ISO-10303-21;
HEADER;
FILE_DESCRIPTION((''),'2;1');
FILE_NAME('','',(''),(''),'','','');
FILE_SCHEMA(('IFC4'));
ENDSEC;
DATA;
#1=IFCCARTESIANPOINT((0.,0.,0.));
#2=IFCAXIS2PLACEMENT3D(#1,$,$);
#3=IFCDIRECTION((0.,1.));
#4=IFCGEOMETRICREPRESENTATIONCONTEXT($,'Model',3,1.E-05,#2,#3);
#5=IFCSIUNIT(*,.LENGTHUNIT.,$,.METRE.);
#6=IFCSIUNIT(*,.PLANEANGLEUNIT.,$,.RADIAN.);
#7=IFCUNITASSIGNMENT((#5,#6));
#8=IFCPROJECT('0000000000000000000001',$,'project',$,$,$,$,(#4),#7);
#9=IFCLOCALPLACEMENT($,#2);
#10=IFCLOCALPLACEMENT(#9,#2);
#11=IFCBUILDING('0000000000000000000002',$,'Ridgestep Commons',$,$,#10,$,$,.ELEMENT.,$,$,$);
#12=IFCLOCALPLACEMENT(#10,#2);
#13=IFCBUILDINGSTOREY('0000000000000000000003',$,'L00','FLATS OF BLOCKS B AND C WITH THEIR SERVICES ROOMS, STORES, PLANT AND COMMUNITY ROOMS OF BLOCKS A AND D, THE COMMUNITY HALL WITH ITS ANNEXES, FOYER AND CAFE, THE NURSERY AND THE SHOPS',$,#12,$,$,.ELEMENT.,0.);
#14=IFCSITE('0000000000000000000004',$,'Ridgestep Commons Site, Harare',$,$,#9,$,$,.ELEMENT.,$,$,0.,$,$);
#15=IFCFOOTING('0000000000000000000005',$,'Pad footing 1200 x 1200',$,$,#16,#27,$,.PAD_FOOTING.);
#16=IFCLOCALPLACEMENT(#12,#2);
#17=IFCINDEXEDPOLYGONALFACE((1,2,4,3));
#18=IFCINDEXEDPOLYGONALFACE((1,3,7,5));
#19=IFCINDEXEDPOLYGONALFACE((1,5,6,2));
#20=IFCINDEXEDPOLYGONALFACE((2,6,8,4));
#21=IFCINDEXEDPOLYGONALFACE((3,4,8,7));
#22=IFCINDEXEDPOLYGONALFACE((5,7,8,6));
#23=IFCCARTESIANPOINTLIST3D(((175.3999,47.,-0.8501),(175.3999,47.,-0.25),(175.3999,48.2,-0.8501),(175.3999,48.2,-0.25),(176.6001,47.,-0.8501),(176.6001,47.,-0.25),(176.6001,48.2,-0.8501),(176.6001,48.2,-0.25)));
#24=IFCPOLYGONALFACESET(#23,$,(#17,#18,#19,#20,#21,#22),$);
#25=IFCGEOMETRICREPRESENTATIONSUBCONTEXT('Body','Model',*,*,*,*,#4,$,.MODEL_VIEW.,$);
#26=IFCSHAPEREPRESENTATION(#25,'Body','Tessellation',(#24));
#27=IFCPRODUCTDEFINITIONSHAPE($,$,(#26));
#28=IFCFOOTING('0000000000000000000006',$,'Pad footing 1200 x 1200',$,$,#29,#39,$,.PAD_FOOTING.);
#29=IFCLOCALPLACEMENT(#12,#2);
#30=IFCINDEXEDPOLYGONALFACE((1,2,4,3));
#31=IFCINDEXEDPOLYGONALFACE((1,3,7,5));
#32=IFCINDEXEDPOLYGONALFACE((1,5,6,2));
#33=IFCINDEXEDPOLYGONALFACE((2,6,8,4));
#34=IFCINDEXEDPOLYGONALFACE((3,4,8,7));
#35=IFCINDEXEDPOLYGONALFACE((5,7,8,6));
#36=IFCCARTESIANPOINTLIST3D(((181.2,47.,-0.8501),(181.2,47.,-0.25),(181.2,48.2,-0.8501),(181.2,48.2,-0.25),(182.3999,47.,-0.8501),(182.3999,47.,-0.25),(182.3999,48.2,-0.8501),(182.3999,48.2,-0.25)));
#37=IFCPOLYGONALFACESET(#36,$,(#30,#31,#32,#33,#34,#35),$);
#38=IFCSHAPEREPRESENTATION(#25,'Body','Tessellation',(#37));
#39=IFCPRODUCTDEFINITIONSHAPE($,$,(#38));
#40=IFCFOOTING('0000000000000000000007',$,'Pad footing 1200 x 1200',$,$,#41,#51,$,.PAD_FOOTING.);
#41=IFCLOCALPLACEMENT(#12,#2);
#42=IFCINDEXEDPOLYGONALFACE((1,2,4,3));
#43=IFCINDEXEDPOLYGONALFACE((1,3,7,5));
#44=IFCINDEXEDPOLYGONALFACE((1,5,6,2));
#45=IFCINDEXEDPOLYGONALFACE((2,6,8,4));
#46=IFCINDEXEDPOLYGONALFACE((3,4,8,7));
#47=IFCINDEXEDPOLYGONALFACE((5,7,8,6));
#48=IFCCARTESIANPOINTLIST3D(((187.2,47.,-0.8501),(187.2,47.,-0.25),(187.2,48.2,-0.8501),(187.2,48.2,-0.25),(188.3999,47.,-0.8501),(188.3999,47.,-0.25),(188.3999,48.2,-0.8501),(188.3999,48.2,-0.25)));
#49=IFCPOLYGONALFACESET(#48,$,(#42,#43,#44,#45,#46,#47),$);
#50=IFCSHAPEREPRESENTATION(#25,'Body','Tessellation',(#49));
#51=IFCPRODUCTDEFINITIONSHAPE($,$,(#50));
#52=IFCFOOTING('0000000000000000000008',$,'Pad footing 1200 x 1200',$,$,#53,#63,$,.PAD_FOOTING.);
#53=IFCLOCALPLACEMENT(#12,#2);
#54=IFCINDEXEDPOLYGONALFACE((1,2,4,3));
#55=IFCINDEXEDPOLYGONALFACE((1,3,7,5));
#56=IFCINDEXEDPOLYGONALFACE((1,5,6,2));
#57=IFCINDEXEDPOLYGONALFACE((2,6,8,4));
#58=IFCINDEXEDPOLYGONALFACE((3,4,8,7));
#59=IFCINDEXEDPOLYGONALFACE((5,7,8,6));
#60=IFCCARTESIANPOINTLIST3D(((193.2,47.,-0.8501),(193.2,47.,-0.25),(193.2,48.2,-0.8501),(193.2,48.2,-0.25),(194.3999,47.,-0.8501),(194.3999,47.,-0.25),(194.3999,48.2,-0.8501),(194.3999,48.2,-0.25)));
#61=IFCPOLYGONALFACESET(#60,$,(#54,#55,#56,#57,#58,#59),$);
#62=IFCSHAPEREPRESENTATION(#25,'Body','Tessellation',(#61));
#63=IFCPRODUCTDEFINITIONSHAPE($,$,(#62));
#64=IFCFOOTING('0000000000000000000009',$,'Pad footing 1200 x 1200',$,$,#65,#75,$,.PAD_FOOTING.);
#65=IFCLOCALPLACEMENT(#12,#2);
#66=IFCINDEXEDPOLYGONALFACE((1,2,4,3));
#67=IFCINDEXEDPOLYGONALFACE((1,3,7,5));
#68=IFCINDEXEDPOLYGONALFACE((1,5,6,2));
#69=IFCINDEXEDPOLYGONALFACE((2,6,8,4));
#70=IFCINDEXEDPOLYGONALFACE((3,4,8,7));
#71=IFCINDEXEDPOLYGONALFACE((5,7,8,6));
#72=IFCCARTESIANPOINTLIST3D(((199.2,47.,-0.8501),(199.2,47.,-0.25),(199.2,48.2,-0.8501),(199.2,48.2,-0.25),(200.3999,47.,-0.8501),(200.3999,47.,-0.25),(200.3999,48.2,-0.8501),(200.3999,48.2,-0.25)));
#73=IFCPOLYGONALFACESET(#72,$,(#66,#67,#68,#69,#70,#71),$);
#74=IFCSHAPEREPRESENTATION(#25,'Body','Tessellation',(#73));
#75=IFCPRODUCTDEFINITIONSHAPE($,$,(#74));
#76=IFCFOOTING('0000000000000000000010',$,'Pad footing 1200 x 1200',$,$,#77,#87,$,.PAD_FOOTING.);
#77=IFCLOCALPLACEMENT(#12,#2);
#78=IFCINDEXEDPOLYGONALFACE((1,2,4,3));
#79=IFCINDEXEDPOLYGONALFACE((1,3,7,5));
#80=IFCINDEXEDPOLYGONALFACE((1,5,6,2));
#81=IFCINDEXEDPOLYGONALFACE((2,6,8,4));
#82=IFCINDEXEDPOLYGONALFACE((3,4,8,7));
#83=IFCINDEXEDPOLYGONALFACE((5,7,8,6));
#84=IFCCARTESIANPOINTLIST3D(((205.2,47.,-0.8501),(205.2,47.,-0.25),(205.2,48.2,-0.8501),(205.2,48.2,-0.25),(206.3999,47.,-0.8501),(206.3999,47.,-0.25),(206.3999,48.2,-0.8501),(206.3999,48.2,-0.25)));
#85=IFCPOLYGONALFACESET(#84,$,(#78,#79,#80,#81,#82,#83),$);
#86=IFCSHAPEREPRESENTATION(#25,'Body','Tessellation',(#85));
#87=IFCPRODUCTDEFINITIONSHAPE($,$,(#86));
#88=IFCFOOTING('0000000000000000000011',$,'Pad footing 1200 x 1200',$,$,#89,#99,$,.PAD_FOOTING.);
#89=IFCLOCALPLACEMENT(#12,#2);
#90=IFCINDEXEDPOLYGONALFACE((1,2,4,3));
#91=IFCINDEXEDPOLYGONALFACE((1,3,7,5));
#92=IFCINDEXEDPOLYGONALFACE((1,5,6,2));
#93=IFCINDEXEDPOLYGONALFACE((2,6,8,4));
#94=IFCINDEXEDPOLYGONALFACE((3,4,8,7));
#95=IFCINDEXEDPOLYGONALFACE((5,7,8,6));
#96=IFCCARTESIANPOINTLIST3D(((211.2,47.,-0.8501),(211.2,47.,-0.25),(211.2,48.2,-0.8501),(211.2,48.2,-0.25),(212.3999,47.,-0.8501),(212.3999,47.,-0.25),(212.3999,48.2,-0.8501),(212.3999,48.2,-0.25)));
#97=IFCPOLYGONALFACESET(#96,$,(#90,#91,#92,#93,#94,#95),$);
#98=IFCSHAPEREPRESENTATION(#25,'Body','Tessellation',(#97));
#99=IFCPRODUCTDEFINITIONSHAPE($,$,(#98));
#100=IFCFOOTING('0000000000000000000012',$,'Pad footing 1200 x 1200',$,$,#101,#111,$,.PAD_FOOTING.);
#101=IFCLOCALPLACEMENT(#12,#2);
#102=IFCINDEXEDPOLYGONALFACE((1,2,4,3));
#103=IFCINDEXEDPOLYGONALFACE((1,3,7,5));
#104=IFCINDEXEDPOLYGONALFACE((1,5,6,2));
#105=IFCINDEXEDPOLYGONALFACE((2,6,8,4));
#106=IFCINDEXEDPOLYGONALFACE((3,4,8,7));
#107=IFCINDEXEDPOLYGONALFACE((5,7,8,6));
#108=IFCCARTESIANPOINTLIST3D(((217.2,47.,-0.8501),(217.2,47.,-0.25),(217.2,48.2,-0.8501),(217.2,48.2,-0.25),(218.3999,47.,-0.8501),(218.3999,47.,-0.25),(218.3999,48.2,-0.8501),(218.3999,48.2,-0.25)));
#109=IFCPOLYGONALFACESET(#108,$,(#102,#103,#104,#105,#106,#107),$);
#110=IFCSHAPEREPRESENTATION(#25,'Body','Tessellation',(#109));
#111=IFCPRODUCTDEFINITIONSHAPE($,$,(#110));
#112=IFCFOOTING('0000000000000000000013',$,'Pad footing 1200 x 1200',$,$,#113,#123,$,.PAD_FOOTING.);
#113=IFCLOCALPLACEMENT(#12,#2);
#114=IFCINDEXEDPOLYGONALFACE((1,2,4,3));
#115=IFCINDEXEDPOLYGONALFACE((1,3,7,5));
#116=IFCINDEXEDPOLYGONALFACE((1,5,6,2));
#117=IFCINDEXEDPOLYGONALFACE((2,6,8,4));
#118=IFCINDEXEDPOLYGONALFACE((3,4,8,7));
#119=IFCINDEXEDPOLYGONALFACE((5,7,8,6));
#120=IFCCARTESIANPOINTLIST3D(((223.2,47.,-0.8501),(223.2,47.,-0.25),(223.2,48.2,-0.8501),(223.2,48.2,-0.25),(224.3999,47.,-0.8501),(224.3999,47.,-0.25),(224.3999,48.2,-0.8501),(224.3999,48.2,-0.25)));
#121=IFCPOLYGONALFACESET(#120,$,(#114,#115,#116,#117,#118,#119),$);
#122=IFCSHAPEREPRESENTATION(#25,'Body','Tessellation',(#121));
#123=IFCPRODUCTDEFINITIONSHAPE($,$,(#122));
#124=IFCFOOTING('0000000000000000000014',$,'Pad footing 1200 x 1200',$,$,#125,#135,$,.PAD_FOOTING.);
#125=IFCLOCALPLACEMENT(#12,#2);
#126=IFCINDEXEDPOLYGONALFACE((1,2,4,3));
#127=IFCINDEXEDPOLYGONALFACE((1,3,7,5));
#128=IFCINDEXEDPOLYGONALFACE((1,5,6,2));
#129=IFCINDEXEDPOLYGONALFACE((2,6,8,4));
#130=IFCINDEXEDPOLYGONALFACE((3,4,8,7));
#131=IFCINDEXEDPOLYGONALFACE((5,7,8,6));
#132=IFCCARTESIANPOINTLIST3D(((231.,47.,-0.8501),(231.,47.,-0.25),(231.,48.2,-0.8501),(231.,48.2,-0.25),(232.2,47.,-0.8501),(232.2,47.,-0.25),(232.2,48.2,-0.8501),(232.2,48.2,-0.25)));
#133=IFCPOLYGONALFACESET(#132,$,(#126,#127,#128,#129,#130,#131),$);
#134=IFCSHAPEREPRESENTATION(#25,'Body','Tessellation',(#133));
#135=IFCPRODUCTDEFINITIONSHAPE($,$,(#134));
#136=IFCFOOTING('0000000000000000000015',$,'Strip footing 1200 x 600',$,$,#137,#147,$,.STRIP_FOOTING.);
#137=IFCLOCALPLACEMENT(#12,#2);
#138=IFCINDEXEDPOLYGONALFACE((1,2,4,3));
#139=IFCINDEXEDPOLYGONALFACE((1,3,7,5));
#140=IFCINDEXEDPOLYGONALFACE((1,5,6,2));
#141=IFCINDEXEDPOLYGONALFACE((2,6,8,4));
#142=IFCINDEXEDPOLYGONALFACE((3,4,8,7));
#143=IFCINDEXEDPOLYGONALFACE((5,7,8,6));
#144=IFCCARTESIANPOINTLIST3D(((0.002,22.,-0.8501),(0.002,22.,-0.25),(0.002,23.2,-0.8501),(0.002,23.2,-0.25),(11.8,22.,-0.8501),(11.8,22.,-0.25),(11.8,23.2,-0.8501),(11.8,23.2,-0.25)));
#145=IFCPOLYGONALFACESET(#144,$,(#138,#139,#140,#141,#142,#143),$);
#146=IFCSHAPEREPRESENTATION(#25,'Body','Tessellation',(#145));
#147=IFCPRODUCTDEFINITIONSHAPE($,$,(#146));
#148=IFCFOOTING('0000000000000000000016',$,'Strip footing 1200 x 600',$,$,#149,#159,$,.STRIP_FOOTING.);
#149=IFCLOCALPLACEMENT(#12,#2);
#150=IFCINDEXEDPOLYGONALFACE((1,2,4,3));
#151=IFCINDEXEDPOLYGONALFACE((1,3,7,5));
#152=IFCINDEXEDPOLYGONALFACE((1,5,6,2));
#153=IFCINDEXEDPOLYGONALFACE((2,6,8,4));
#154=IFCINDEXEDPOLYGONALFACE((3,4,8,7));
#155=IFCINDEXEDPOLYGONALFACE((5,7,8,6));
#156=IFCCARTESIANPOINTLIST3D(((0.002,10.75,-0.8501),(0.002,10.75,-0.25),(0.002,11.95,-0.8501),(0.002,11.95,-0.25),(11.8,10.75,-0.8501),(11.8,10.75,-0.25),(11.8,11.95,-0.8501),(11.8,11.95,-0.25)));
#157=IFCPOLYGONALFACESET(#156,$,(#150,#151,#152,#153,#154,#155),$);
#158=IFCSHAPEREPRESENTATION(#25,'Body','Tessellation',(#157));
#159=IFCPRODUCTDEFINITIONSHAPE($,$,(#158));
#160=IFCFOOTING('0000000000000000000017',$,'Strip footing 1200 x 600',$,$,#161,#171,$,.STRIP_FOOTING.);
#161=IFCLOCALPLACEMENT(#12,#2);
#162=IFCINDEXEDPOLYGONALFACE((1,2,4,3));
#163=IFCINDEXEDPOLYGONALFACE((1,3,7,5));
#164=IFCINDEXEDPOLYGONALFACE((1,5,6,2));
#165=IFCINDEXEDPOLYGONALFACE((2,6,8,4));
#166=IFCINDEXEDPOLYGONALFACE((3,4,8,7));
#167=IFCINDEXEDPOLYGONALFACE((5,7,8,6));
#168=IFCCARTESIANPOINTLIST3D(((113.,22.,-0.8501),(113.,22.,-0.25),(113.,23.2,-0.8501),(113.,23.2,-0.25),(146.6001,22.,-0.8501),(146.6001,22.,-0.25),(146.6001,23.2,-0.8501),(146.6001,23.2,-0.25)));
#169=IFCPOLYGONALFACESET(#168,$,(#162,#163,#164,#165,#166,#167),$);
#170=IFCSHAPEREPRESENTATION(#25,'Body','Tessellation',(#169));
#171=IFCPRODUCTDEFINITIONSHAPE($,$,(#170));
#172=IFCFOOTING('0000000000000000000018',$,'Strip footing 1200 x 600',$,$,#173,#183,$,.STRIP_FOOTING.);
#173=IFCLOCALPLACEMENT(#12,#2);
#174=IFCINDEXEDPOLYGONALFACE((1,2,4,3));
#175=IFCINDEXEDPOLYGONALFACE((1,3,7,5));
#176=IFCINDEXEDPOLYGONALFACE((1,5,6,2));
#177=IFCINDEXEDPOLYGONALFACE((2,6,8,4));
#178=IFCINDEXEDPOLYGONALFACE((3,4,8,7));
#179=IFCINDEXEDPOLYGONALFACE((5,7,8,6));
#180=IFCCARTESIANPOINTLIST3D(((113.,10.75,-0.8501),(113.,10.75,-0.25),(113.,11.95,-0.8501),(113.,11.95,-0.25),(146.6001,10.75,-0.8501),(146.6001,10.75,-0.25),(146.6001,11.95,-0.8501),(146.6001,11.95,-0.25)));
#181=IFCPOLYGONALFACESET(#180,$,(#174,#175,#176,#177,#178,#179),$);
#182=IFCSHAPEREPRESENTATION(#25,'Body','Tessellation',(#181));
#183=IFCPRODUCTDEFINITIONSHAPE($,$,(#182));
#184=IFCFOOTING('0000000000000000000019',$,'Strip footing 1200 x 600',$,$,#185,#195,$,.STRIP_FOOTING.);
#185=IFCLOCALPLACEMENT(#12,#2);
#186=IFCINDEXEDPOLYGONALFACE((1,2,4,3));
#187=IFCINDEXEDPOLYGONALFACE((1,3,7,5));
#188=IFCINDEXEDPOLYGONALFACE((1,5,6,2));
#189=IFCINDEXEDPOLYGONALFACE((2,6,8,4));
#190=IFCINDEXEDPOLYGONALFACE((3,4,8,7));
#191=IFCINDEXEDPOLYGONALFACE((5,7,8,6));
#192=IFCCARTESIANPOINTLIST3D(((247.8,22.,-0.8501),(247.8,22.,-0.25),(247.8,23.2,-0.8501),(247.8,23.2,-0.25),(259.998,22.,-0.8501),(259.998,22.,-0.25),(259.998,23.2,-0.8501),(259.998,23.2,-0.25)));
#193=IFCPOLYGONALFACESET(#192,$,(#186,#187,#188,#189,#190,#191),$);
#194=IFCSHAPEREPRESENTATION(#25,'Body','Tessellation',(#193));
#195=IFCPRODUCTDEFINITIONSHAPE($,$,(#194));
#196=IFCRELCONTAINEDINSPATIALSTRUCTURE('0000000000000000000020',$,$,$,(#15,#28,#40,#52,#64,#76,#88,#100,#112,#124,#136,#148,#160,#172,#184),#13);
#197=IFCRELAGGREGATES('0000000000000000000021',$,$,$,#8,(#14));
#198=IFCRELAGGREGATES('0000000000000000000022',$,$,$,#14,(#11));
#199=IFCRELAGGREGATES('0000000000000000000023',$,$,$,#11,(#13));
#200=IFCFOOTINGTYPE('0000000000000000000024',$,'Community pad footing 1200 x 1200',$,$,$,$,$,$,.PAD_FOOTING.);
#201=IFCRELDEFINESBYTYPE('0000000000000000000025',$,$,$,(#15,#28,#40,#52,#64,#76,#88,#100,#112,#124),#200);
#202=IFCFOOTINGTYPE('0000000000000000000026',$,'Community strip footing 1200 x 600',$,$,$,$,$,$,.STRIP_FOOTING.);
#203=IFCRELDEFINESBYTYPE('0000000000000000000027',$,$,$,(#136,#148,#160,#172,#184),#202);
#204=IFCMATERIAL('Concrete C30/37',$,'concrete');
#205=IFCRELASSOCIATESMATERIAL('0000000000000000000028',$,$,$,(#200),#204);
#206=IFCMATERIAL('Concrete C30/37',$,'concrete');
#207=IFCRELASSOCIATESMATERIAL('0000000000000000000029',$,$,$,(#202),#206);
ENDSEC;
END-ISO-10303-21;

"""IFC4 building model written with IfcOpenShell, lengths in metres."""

from ifc_helpers import new_model, si_unit, direction, frame, origin, place, context, subcontext, project, spatial, polyline, outline, extrude, material, type_object, element, save


model = new_model("IFC4")

# Units and contexts
model_context = context("Model", 3, precision=1e-05, world=origin(), true_north=direction((0.0, 1.0)))
body_context = subcontext(model_context, "Body", "Model", "MODEL_VIEW")
ifc_project = project(units=[si_unit("LENGTHUNIT", "METRE"), si_unit("PLANEANGLEUNIT", "RADIAN")], contexts=[model_context])

# Site, building, storey
site_placement = place(None, origin())
site = spatial("IfcSite", under=ifc_project, at=site_placement, Name="Ridgestep Commons Site, Harare", CompositionType="ELEMENT", RefElevation=0.0)
building_placement = place(site_placement, origin())
building = spatial("IfcBuilding", under=site, at=building_placement, Name="Ridgestep Commons", CompositionType="ELEMENT")
storey_placement = place(building_placement, origin())
storey = spatial("IfcBuildingStorey", under=building, at=storey_placement, Name="L00", Description="FLATS OF BLOCKS B AND C WITH THEIR SERVICES ROOMS, STORES, PLANT AND COMMUNITY ROOMS OF BLOCKS A AND D, THE COMMUNITY HALL WITH ITS ANNEXES, FOYER AND CAFE, THE NURSERY AND THE SHOPS", CompositionType="ELEMENT", Elevation=0.0)

# Footings
ifc_material_1 = material(Name="Concrete C30/37", Category="concrete")
footing_type_1 = type_object("IfcFootingType", Name="Community pad footing 1200 x 1200", PredefinedType="PAD_FOOTING", material=ifc_material_1)
footing_1_placement = place(storey_placement, frame((0.0, 0.0, -0.8501)))
element("IfcFooting", 1, at=footing_1_placement, inside=storey, type_object=footing_type_1, Name="Pad footing 1200 x 1200", PredefinedType="PAD_FOOTING", context=body_context, shape_type="SweptSolid", body=[
    extrude(outline(polyline([(175.3999, 47.0), (176.6001, 47.0), (176.6001, 48.2), (175.3999, 48.2), (175.3999, 47.0)])), origin(), (0.0, 0.0, 1.0), 0.6001),
])
footing_2_placement = place(storey_placement, frame((0.0, 0.0, -0.8501)))
element("IfcFooting", 2, at=footing_2_placement, inside=storey, type_object=footing_type_1, Name="Pad footing 1200 x 1200", PredefinedType="PAD_FOOTING", context=body_context, shape_type="SweptSolid", body=[
    extrude(outline(polyline([(181.2, 47.0), (182.3999, 47.0), (182.3999, 48.2), (181.2, 48.2), (181.2, 47.0)])), origin(), (0.0, 0.0, 1.0), 0.6001),
])
footing_3_placement = place(storey_placement, frame((0.0, 0.0, -0.8501)))
element("IfcFooting", 3, at=footing_3_placement, inside=storey, type_object=footing_type_1, Name="Pad footing 1200 x 1200", PredefinedType="PAD_FOOTING", context=body_context, shape_type="SweptSolid", body=[
    extrude(outline(polyline([(187.2, 47.0), (188.3999, 47.0), (188.3999, 48.2), (187.2, 48.2), (187.2, 47.0)])), origin(), (0.0, 0.0, 1.0), 0.6001),
])
footing_4_placement = place(storey_placement, frame((0.0, 0.0, -0.8501)))
element("IfcFooting", 4, at=footing_4_placement, inside=storey, type_object=footing_type_1, Name="Pad footing 1200 x 1200", PredefinedType="PAD_FOOTING", context=body_context, shape_type="SweptSolid", body=[
    extrude(outline(polyline([(193.2, 47.0), (194.3999, 47.0), (194.3999, 48.2), (193.2, 48.2), (193.2, 47.0)])), origin(), (0.0, 0.0, 1.0), 0.6001),
])
footing_5_placement = place(storey_placement, frame((0.0, 0.0, -0.8501)))
element("IfcFooting", 5, at=footing_5_placement, inside=storey, type_object=footing_type_1, Name="Pad footing 1200 x 1200", PredefinedType="PAD_FOOTING", context=body_context, shape_type="SweptSolid", body=[
    extrude(outline(polyline([(199.2, 47.0), (200.3999, 47.0), (200.3999, 48.2), (199.2, 48.2), (199.2, 47.0)])), origin(), (0.0, 0.0, 1.0), 0.6001),
])
footing_6_placement = place(storey_placement, frame((0.0, 0.0, -0.8501)))
element("IfcFooting", 6, at=footing_6_placement, inside=storey, type_object=footing_type_1, Name="Pad footing 1200 x 1200", PredefinedType="PAD_FOOTING", context=body_context, shape_type="SweptSolid", body=[
    extrude(outline(polyline([(205.2, 47.0), (206.3999, 47.0), (206.3999, 48.2), (205.2, 48.2), (205.2, 47.0)])), origin(), (0.0, 0.0, 1.0), 0.6001),
])
footing_7_placement = place(storey_placement, frame((0.0, 0.0, -0.8501)))
element("IfcFooting", 7, at=footing_7_placement, inside=storey, type_object=footing_type_1, Name="Pad footing 1200 x 1200", PredefinedType="PAD_FOOTING", context=body_context, shape_type="SweptSolid", body=[
    extrude(outline(polyline([(211.2, 47.0), (212.3999, 47.0), (212.3999, 48.2), (211.2, 48.2), (211.2, 47.0)])), origin(), (0.0, 0.0, 1.0), 0.6001),
])
footing_8_placement = place(storey_placement, frame((0.0, 0.0, -0.8501)))
element("IfcFooting", 8, at=footing_8_placement, inside=storey, type_object=footing_type_1, Name="Pad footing 1200 x 1200", PredefinedType="PAD_FOOTING", context=body_context, shape_type="SweptSolid", body=[
    extrude(outline(polyline([(217.2, 47.0), (218.3999, 47.0), (218.3999, 48.2), (217.2, 48.2), (217.2, 47.0)])), origin(), (0.0, 0.0, 1.0), 0.6001),
])
footing_9_placement = place(storey_placement, frame((0.0, 0.0, -0.8501)))
element("IfcFooting", 9, at=footing_9_placement, inside=storey, type_object=footing_type_1, Name="Pad footing 1200 x 1200", PredefinedType="PAD_FOOTING", context=body_context, shape_type="SweptSolid", body=[
    extrude(outline(polyline([(223.2, 47.0), (224.3999, 47.0), (224.3999, 48.2), (223.2, 48.2), (223.2, 47.0)])), origin(), (0.0, 0.0, 1.0), 0.6001),
])
footing_10_placement = place(storey_placement, frame((0.0, 0.0, -0.8501)))
element("IfcFooting", 10, at=footing_10_placement, inside=storey, type_object=footing_type_1, Name="Pad footing 1200 x 1200", PredefinedType="PAD_FOOTING", context=body_context, shape_type="SweptSolid", body=[
    extrude(outline(polyline([(231.0, 47.0), (232.2, 47.0), (232.2, 48.2), (231.0, 48.2), (231.0, 47.0)])), origin(), (0.0, 0.0, 1.0), 0.6001),
])
ifc_material_2 = material(Name="Concrete C30/37", Category="concrete")
footing_type_2 = type_object("IfcFootingType", Name="Community strip footing 1200 x 600", PredefinedType="STRIP_FOOTING", material=ifc_material_2)
footing_11_placement = place(storey_placement, frame((0.0, 0.0, -0.8501)))
element("IfcFooting", 11, at=footing_11_placement, inside=storey, type_object=footing_type_2, Name="Strip footing 1200 x 600", PredefinedType="STRIP_FOOTING", context=body_context, shape_type="SweptSolid", body=[
    extrude(outline(polyline([(0.002, 22.0), (11.8, 22.0), (11.8, 23.2), (0.002, 23.2), (0.002, 22.0)])), origin(), (0.0, 0.0, 1.0), 0.6001),
])
footing_12_placement = place(storey_placement, frame((0.0, 0.0, -0.8501)))
element("IfcFooting", 12, at=footing_12_placement, inside=storey, type_object=footing_type_2, Name="Strip footing 1200 x 600", PredefinedType="STRIP_FOOTING", context=body_context, shape_type="SweptSolid", body=[
    extrude(outline(polyline([(0.002, 10.75), (11.8, 10.75), (11.8, 11.95), (0.002, 11.95), (0.002, 10.75)])), origin(), (0.0, 0.0, 1.0), 0.6001),
])
footing_13_placement = place(storey_placement, frame((0.0, 0.0, -0.8501)))
element("IfcFooting", 13, at=footing_13_placement, inside=storey, type_object=footing_type_2, Name="Strip footing 1200 x 600", PredefinedType="STRIP_FOOTING", context=body_context, shape_type="SweptSolid", body=[
    extrude(outline(polyline([(113.0, 22.0), (146.6001, 22.0), (146.6001, 23.2), (113.0, 23.2), (113.0, 22.0)])), origin(), (0.0, 0.0, 1.0), 0.6001),
])
footing_14_placement = place(storey_placement, frame((0.0, 0.0, -0.8501)))
element("IfcFooting", 14, at=footing_14_placement, inside=storey, type_object=footing_type_2, Name="Strip footing 1200 x 600", PredefinedType="STRIP_FOOTING", context=body_context, shape_type="SweptSolid", body=[
    extrude(outline(polyline([(113.0, 10.75), (146.6001, 10.75), (146.6001, 11.95), (113.0, 11.95), (113.0, 10.75)])), origin(), (0.0, 0.0, 1.0), 0.6001),
])
footing_15_placement = place(storey_placement, frame((0.0, 0.0, -0.8501)))
element("IfcFooting", 15, at=footing_15_placement, inside=storey, type_object=footing_type_2, Name="Strip footing 1200 x 600", PredefinedType="STRIP_FOOTING", context=body_context, shape_type="SweptSolid", body=[
    extrude(outline(polyline([(247.8, 22.0), (259.998, 22.0), (259.998, 23.2), (247.8, 23.2), (247.8, 22.0)])), origin(), (0.0, 0.0, 1.0), 0.6001),
])

save(model, "model.ifc")
